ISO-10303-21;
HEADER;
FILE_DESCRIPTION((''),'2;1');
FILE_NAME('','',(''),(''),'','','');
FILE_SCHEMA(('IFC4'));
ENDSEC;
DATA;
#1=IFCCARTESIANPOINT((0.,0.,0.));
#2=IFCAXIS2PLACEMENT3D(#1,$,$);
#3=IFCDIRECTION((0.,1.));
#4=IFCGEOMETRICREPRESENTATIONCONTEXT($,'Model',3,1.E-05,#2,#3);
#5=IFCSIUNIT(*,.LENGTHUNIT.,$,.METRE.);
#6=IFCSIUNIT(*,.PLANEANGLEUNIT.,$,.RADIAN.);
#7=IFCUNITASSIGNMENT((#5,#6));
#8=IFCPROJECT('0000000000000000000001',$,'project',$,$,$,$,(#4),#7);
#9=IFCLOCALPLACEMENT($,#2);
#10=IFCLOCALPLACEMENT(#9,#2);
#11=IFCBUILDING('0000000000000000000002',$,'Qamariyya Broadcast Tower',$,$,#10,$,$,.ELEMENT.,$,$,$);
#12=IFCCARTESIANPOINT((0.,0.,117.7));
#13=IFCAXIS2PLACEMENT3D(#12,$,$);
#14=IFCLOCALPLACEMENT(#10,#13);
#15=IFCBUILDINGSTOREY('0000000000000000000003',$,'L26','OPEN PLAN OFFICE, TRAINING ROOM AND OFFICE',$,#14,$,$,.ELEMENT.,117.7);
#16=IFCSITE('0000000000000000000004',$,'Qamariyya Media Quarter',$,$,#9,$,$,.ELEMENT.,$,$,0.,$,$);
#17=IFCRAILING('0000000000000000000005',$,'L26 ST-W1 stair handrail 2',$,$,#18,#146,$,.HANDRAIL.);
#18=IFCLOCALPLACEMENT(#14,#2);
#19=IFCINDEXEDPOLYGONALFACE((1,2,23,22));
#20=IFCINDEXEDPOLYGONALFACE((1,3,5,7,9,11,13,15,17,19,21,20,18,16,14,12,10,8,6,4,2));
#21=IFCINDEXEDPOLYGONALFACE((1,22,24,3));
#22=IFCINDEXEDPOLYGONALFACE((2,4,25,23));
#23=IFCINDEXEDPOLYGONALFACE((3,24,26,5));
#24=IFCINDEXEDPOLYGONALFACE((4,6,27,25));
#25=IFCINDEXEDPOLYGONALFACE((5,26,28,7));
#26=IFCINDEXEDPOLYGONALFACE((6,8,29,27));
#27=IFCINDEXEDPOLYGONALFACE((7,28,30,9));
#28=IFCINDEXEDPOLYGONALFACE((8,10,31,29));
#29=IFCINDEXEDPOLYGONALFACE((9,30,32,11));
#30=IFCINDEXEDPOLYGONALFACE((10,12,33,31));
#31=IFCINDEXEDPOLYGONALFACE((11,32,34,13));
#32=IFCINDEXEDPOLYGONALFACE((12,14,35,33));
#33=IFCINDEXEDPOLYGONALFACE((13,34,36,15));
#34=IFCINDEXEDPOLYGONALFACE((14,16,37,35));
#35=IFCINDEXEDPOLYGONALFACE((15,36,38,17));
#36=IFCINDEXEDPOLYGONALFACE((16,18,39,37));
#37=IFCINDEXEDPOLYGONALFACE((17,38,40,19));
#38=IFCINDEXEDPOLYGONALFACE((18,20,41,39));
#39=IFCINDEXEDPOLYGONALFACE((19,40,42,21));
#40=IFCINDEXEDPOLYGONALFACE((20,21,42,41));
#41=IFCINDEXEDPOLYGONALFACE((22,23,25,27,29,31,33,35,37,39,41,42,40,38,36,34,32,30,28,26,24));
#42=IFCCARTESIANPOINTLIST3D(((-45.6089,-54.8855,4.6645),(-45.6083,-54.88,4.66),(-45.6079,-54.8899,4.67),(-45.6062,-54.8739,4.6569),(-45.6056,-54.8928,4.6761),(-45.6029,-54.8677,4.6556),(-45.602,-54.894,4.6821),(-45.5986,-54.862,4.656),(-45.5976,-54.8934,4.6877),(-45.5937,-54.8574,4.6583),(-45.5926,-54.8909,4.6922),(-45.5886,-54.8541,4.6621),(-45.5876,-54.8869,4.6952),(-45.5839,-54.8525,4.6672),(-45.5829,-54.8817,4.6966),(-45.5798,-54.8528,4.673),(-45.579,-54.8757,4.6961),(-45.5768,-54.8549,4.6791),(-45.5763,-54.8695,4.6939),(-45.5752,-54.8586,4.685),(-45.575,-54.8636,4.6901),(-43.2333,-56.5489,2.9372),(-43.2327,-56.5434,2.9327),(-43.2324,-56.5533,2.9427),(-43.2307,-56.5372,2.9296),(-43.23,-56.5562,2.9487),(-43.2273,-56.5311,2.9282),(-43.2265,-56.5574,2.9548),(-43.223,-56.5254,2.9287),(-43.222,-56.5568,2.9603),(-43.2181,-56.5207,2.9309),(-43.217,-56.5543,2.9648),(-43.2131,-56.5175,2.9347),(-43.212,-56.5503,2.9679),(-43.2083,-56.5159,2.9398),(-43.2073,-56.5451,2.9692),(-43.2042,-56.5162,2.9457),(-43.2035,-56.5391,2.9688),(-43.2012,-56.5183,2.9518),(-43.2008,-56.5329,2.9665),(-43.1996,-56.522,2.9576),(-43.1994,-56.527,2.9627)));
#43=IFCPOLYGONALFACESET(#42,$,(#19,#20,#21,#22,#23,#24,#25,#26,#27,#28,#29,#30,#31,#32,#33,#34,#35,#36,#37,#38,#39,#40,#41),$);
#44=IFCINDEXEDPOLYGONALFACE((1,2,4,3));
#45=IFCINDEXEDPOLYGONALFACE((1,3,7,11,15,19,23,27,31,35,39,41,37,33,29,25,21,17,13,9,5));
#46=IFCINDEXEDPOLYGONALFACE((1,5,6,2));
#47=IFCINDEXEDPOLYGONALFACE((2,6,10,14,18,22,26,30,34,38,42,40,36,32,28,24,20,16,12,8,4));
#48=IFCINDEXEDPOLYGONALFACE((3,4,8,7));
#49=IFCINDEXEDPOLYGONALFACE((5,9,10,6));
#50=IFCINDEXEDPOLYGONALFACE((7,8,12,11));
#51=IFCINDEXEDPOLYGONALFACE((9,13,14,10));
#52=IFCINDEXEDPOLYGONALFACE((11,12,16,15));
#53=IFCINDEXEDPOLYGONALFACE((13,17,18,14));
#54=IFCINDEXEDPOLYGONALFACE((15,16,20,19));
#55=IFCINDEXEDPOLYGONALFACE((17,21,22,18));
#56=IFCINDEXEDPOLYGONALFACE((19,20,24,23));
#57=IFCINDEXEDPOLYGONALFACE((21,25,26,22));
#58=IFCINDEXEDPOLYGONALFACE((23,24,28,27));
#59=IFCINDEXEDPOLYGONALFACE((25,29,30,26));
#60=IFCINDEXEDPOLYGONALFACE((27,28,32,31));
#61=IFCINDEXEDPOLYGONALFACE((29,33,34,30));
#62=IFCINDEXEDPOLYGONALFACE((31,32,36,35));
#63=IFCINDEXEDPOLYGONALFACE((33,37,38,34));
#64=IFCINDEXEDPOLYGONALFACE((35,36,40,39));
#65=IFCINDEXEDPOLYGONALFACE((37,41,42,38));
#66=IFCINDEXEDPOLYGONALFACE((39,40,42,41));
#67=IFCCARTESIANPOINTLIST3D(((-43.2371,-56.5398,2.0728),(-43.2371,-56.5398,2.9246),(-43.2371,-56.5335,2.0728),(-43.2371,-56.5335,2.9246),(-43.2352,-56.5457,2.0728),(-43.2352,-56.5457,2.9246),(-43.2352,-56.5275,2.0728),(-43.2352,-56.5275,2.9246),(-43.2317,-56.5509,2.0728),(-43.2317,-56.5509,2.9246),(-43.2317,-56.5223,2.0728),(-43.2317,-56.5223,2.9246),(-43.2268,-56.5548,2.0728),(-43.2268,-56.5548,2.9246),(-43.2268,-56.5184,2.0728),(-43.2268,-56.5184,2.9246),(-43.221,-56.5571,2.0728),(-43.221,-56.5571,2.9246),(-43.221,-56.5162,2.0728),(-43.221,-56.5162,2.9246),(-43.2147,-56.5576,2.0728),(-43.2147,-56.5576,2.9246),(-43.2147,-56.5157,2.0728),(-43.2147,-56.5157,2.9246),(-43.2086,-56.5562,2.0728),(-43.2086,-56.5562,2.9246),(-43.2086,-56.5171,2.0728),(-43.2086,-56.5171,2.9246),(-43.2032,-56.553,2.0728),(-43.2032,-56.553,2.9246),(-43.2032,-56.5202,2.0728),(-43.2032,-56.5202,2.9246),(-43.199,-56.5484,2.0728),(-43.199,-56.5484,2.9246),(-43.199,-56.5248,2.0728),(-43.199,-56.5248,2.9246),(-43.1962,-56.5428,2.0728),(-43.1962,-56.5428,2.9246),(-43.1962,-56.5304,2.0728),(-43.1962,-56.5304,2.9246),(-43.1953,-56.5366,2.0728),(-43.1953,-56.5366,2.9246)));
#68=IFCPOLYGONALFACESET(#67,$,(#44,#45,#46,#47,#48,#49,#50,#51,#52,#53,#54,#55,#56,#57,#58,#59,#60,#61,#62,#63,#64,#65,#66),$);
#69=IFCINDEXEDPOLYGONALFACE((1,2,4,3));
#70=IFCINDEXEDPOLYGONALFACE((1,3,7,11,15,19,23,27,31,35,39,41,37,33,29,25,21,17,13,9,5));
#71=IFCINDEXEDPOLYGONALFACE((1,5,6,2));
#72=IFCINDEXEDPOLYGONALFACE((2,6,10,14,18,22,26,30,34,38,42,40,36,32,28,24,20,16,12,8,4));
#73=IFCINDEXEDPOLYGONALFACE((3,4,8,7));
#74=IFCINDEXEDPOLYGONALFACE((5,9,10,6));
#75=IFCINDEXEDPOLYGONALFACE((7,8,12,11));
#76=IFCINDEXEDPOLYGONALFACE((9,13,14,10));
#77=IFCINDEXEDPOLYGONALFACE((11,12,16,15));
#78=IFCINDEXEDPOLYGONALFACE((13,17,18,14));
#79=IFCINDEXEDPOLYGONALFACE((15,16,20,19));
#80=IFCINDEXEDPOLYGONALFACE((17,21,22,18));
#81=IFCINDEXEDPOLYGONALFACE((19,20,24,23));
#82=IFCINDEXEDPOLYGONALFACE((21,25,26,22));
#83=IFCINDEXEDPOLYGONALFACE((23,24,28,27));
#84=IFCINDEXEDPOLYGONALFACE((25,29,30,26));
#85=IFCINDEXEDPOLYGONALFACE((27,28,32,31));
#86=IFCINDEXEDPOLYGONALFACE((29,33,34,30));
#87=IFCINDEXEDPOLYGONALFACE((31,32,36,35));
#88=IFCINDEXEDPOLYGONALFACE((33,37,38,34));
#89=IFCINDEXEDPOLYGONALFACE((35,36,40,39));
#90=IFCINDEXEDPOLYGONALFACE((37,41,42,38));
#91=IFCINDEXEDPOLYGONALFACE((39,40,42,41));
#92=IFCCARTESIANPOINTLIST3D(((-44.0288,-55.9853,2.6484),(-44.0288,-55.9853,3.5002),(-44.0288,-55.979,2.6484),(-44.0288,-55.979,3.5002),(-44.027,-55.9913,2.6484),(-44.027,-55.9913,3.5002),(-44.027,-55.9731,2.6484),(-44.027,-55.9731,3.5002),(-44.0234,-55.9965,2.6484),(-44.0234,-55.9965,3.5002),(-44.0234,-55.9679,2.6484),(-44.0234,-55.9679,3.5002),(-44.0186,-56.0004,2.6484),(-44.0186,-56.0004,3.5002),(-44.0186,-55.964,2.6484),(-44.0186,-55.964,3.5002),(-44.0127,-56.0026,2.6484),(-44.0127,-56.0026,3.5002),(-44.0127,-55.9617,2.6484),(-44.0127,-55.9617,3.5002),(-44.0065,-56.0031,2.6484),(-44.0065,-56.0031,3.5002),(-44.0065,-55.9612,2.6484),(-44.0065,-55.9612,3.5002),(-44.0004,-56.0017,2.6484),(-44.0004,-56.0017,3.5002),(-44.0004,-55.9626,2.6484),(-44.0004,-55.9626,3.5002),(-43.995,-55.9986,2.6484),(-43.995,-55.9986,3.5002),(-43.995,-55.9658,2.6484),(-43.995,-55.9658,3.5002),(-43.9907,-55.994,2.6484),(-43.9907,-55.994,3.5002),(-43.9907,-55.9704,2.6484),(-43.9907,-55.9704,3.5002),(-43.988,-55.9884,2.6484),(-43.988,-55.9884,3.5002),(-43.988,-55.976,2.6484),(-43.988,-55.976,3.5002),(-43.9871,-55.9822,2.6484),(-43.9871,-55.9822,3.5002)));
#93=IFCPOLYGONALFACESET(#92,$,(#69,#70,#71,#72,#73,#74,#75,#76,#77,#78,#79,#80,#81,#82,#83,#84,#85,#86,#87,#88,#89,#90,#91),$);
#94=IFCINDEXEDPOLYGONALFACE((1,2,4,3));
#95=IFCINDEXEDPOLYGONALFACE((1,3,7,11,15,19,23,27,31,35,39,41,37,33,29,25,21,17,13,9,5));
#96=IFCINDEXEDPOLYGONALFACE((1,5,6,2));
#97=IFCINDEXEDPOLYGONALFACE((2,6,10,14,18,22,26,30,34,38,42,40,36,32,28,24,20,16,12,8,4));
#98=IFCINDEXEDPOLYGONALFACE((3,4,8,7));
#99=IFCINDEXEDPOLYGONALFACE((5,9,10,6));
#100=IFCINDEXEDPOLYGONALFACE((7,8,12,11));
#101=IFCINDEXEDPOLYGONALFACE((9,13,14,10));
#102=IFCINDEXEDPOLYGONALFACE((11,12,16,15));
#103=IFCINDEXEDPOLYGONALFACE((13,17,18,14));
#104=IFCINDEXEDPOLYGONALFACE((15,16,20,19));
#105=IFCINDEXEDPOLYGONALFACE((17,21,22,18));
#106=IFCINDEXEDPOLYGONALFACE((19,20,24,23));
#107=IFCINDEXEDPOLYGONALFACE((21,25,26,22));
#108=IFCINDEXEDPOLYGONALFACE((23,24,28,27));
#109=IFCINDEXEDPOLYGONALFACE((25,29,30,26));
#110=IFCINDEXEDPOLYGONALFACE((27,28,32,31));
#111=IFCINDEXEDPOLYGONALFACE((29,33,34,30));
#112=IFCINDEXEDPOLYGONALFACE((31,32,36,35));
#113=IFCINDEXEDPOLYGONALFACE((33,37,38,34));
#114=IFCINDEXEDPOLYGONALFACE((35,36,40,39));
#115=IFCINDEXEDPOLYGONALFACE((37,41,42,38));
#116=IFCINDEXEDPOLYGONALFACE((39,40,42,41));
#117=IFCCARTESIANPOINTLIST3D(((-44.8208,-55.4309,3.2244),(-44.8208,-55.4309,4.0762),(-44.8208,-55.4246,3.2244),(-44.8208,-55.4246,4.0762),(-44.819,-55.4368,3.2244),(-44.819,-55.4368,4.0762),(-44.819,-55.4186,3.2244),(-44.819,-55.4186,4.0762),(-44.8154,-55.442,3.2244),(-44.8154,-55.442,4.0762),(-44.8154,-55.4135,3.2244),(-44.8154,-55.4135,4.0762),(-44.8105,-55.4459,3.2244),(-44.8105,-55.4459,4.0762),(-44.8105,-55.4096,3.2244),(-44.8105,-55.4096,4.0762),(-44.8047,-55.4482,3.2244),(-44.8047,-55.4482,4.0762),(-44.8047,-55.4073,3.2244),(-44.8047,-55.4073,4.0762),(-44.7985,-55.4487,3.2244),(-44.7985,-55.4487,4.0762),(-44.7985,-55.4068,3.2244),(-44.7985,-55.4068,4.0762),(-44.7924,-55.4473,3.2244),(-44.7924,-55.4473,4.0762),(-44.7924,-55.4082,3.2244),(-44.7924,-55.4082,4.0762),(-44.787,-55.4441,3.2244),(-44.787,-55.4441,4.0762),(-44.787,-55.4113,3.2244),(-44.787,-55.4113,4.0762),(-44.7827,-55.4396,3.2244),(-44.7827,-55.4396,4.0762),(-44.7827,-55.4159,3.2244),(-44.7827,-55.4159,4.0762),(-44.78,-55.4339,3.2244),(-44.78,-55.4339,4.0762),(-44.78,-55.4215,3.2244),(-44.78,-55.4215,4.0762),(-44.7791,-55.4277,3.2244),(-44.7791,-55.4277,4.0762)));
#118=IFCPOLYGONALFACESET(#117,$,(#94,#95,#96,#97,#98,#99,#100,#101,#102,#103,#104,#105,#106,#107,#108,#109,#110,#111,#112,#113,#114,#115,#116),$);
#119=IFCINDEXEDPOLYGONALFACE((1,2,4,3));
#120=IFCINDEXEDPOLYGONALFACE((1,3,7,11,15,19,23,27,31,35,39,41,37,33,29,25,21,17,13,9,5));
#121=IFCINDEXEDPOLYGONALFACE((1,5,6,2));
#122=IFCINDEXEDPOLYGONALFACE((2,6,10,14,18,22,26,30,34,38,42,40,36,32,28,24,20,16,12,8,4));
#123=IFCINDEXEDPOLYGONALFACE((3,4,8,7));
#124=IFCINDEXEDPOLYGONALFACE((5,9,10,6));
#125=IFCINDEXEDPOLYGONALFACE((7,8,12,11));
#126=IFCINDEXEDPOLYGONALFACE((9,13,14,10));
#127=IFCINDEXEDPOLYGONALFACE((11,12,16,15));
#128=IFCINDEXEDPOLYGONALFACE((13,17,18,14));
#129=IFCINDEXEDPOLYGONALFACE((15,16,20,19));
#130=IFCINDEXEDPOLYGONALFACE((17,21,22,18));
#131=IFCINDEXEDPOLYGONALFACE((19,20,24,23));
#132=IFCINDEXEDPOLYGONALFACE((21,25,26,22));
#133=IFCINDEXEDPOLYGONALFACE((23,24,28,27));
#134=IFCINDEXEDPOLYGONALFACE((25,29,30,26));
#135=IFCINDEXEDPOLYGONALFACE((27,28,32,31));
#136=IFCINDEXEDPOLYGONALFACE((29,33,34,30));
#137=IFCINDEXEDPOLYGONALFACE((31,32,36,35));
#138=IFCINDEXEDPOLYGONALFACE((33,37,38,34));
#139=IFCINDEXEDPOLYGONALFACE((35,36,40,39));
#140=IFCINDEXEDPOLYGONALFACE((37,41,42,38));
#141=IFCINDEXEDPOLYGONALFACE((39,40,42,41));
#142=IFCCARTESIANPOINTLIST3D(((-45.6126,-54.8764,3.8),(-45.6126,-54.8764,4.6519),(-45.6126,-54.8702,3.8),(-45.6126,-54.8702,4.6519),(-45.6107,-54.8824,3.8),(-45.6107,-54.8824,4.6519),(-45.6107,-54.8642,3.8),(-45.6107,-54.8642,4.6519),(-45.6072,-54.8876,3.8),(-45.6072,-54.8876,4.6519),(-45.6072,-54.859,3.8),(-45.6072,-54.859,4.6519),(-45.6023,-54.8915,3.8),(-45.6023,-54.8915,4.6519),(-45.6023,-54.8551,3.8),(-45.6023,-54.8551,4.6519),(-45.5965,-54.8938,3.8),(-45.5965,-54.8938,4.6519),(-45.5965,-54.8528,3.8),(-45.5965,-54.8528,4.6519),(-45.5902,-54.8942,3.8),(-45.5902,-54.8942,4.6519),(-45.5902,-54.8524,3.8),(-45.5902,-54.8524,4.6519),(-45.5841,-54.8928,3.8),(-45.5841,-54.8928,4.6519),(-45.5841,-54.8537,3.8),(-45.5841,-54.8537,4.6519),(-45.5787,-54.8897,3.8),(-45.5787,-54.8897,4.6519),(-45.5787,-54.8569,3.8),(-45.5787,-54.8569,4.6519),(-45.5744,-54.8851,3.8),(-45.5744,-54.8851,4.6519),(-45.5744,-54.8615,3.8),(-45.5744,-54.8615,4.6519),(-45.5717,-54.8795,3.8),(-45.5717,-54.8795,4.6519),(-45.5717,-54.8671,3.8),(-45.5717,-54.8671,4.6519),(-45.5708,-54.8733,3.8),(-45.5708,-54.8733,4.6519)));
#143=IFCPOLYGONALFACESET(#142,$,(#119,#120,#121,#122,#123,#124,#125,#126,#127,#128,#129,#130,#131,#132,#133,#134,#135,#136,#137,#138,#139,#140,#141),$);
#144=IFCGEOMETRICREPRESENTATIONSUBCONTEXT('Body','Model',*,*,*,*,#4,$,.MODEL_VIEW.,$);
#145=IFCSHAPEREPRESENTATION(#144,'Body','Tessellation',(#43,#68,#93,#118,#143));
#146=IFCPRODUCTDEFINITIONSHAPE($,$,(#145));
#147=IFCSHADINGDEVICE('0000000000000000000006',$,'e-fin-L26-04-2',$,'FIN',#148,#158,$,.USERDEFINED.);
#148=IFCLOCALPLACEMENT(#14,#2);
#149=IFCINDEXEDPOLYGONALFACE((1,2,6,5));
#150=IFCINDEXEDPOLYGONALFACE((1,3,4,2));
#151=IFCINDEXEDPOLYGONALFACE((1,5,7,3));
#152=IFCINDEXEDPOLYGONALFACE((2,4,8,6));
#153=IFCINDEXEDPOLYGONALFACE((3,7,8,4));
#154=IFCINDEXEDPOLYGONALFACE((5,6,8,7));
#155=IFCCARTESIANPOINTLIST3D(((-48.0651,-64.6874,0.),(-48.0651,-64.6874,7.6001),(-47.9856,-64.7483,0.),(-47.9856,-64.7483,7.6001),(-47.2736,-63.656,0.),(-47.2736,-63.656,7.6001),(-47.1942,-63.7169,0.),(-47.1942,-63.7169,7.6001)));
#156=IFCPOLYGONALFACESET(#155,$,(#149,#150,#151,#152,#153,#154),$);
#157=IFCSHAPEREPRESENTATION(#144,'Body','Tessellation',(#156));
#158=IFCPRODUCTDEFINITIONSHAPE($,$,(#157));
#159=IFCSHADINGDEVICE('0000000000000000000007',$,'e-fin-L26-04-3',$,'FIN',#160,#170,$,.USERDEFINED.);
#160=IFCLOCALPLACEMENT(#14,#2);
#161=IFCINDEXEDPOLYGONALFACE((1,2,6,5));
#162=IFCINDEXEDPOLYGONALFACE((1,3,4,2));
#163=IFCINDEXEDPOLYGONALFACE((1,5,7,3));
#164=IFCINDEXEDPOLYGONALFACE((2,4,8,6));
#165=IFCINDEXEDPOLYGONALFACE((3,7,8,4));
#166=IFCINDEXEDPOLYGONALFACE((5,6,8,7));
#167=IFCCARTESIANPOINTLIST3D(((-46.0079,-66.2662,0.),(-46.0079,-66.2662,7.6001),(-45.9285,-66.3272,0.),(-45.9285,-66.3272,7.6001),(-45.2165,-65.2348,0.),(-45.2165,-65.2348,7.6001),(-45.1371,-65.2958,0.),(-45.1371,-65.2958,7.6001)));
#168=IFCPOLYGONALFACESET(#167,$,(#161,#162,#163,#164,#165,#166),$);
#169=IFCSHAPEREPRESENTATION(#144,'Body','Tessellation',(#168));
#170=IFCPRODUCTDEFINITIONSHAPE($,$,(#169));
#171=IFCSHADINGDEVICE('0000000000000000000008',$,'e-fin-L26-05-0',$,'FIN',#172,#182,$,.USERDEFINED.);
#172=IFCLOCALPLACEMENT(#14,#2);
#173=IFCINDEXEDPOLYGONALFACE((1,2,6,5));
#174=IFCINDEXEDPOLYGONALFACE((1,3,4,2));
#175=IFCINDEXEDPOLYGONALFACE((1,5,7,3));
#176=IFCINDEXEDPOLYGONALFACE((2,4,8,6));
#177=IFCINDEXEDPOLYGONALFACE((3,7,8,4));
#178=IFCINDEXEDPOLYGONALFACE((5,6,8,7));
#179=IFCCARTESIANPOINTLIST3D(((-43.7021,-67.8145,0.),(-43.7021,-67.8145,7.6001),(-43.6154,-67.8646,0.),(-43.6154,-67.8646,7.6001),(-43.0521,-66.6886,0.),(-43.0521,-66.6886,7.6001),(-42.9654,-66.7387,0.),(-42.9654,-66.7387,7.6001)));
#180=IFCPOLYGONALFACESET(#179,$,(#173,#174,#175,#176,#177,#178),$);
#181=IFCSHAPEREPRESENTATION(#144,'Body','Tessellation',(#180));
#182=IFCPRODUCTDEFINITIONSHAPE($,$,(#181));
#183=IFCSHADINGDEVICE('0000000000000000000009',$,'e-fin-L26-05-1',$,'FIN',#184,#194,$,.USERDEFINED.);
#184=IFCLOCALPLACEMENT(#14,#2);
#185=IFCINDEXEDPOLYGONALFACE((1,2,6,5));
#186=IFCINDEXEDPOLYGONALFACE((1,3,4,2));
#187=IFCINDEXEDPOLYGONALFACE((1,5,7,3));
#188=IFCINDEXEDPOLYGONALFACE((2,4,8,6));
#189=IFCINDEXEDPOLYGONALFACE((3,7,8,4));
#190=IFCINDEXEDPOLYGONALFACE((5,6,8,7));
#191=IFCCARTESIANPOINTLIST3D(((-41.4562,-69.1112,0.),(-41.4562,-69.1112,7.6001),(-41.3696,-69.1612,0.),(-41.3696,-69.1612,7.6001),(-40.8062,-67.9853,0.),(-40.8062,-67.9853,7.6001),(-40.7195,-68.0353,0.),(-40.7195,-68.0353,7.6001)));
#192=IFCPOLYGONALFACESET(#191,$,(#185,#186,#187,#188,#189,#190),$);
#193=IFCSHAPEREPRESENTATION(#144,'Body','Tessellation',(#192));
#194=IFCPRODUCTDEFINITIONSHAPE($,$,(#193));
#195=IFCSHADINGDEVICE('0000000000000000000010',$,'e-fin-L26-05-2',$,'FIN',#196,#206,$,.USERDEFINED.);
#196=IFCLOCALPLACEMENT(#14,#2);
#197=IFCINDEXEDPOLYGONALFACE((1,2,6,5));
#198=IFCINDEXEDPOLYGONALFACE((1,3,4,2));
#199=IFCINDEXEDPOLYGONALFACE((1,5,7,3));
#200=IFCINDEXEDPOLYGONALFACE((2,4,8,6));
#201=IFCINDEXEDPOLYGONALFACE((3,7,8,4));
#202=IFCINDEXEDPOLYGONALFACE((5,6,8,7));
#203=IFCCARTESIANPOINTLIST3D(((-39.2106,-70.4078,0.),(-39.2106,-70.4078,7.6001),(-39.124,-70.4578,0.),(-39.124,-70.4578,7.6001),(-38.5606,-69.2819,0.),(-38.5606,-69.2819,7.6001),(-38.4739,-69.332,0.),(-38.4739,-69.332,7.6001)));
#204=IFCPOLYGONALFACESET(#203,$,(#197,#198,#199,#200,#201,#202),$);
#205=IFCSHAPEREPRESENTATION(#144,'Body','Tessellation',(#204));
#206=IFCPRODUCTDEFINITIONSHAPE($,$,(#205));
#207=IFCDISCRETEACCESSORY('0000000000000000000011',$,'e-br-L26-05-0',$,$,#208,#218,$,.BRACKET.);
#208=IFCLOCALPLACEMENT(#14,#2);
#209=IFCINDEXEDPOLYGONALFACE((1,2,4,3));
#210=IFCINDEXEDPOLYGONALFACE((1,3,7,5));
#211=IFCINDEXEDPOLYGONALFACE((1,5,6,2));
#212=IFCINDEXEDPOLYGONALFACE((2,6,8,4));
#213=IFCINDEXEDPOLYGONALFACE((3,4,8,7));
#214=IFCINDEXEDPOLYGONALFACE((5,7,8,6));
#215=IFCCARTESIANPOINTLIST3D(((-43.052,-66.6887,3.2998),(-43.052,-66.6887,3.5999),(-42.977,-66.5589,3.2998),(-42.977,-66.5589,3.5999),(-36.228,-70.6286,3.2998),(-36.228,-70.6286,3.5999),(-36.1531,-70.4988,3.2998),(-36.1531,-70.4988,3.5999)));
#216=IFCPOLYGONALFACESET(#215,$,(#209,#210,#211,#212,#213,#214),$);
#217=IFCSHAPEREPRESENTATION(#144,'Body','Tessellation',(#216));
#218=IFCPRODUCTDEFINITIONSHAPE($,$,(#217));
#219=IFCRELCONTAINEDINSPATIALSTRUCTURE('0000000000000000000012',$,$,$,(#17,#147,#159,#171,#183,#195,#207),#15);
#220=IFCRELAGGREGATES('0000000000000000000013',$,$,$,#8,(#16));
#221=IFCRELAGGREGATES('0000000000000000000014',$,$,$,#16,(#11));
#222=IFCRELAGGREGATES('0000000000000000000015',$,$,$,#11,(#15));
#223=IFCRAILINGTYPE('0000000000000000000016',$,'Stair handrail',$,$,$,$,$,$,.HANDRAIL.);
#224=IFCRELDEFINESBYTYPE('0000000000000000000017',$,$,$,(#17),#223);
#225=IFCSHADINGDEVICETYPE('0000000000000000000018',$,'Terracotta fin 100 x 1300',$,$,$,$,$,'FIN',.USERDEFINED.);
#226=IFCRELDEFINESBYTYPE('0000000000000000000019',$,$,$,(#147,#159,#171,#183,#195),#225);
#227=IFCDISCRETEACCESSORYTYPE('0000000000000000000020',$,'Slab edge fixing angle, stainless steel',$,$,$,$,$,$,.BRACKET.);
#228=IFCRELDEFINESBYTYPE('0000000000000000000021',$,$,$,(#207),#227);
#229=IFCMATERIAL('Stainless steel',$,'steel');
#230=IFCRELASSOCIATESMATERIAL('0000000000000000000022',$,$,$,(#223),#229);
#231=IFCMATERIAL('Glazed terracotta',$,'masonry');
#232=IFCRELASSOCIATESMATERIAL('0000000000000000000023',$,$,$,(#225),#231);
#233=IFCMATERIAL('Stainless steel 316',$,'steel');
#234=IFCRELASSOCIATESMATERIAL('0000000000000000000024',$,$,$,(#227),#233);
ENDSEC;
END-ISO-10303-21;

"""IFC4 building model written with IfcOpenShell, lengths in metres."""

from ifc_helpers import new_model, si_unit, direction, frame, origin, origin_2d, place, context, subcontext, project, spatial, rectangle, circle, extrude, material, material_profile, profile_set, type_object, element, save


model = new_model("IFC4")

# Units and contexts
model_context = context("Model", 3, precision=1e-05, world=origin(), true_north=direction((0.0, 1.0)))
body_context = subcontext(model_context, "Body", "Model", "MODEL_VIEW")
ifc_project = project(units=[si_unit("LENGTHUNIT", "METRE"), si_unit("PLANEANGLEUNIT", "RADIAN")], contexts=[model_context])

# Site, building, storey
site_placement = place(None, origin())
site = spatial("IfcSite", under=ifc_project, at=site_placement, Name="Qamariyya Media Quarter", CompositionType="ELEMENT", RefElevation=0.0)
building_placement = place(site_placement, origin())
building = spatial("IfcBuilding", under=site, at=building_placement, Name="Qamariyya Broadcast Tower", CompositionType="ELEMENT")
storey_placement = place(building_placement, frame((0.0, 0.0, 117.7)))
storey = spatial("IfcBuildingStorey", under=building, at=storey_placement, Name="L26", Description="OPEN PLAN OFFICE, TRAINING ROOM AND OFFICE", CompositionType="ELEMENT", Elevation=117.7)

# Railing
ifc_material_1 = material(Name="Stainless steel", Category="steel")
railing_type_1 = type_object("IfcRailingType", Name="Stair handrail", PredefinedType="HANDRAIL", material=ifc_material_1)
railing_1_placement = place(storey_placement, frame((-43.2163, -56.5366, 2.0728)))
element("IfcRailing", 1, at=railing_1_placement, inside=storey, type_object=railing_type_1, Name="L26 ST-W1 stair handrail 2", PredefinedType="HANDRAIL", context=body_context, shape_type="SweptSolid", body=[
    extrude(circle(Radius=0.0239, at=origin_2d()), frame((0.0, 0.0, 0.876), z_axis=(-0.70377, 0.492784, 0.511734), x_axis=(-0.573575, -0.819153, 0.0)), (0.0, 0.0, 1.0), 3.3755),
    extrude(circle(Radius=0.021, at=origin_2d()), origin(), (0.0, 0.0, 1.0), 0.8518),
    extrude(circle(Radius=0.021, at=origin_2d()), frame((-0.7917, 0.5544, 0.5757)), (0.0, 0.0, 1.0), 0.8518),
    extrude(circle(Radius=0.021, at=origin_2d()), frame((-1.5837, 1.1089, 1.1516)), (0.0, 0.0, 1.0), 0.8518),
    extrude(circle(Radius=0.021, at=origin_2d()), frame((-2.3755, 1.6633, 1.7273)), (0.0, 0.0, 1.0), 0.8518),
])

# Shading devices
ifc_material_2 = material(Name="Glazed terracotta", Category="masonry")
ifc_material_profile_1 = material_profile(ifc_material_2, rectangle(XDim=1.3, YDim=0.1001, at=origin_2d()))
ifc_profile_set_1 = profile_set([ifc_material_profile_1], Name="Glazed terracotta")
shading_device_type = type_object("IfcShadingDeviceType", Name="Terracotta fin 100 x 1300", ElementType="FIN", PredefinedType="USERDEFINED", material=ifc_profile_set_1)
for number, where, z_axis, x_axis, name in (
    (2, (-47.6296, -64.2021, 0.0), (0.0, 0.0, 1.0), (-0.608761, -0.793353, 0.0), "e-fin-L26-04-2"),
    (3, (-45.5725, -65.781, 0.0), (0.0, 0.0, 1.0), (-0.608761, -0.793353, 0.0), "e-fin-L26-04-3"),
    (4, (-43.3337, -67.2766, 0.0), (0.0, 0.0, 1.0), (-0.5, -0.866025, 0.0), "e-fin-L26-05-0"),
    (5, (-41.0879, -68.5732, 0.0), (0.0, 0.0, 1.0), (-0.5, -0.866025, 0.0), "e-fin-L26-05-1"),
    (6, (-38.8423, -69.8699, 0.0), (0.0, 0.0, 1.0), (-0.5, -0.866025, 0.0), "e-fin-L26-05-2"),
):
    element("IfcShadingDevice", number, at=place(storey_placement, frame(where, z_axis=z_axis, x_axis=x_axis)), inside=storey, type_object=shading_device_type, Name=name, ObjectType="FIN", PredefinedType="USERDEFINED", context=body_context, shape_type="SweptSolid", body=[
        extrude(rectangle(XDim=1.3, YDim=0.1001, at=origin_2d()), origin(), (0.0, 0.0, 1.0), 7.6001),
    ])

# Discrete accessory
ifc_material_3 = material(Name="Stainless steel 316", Category="steel")
discrete_accessory_type = type_object("IfcDiscreteAccessoryType", Name="Slab edge fixing angle, stainless steel", PredefinedType="BRACKET", material=ifc_material_3)
discrete_accessory_placement = place(storey_placement, frame((-39.6025, -68.5938, 3.2998), z_axis=(0.0, 0.0, 1.0), x_axis=(0.866025, -0.5, 0.0)))
element("IfcDiscreteAccessory", 7, at=discrete_accessory_placement, inside=storey, type_object=discrete_accessory_type, Name="e-br-L26-05-0", PredefinedType="BRACKET", context=body_context, shape_type="SweptSolid", body=[
    extrude(rectangle(XDim=7.8796, YDim=0.1499, at=origin_2d()), origin(), (0.0, 0.0, 1.0), 0.3),
])

save(model, "model.ifc")
